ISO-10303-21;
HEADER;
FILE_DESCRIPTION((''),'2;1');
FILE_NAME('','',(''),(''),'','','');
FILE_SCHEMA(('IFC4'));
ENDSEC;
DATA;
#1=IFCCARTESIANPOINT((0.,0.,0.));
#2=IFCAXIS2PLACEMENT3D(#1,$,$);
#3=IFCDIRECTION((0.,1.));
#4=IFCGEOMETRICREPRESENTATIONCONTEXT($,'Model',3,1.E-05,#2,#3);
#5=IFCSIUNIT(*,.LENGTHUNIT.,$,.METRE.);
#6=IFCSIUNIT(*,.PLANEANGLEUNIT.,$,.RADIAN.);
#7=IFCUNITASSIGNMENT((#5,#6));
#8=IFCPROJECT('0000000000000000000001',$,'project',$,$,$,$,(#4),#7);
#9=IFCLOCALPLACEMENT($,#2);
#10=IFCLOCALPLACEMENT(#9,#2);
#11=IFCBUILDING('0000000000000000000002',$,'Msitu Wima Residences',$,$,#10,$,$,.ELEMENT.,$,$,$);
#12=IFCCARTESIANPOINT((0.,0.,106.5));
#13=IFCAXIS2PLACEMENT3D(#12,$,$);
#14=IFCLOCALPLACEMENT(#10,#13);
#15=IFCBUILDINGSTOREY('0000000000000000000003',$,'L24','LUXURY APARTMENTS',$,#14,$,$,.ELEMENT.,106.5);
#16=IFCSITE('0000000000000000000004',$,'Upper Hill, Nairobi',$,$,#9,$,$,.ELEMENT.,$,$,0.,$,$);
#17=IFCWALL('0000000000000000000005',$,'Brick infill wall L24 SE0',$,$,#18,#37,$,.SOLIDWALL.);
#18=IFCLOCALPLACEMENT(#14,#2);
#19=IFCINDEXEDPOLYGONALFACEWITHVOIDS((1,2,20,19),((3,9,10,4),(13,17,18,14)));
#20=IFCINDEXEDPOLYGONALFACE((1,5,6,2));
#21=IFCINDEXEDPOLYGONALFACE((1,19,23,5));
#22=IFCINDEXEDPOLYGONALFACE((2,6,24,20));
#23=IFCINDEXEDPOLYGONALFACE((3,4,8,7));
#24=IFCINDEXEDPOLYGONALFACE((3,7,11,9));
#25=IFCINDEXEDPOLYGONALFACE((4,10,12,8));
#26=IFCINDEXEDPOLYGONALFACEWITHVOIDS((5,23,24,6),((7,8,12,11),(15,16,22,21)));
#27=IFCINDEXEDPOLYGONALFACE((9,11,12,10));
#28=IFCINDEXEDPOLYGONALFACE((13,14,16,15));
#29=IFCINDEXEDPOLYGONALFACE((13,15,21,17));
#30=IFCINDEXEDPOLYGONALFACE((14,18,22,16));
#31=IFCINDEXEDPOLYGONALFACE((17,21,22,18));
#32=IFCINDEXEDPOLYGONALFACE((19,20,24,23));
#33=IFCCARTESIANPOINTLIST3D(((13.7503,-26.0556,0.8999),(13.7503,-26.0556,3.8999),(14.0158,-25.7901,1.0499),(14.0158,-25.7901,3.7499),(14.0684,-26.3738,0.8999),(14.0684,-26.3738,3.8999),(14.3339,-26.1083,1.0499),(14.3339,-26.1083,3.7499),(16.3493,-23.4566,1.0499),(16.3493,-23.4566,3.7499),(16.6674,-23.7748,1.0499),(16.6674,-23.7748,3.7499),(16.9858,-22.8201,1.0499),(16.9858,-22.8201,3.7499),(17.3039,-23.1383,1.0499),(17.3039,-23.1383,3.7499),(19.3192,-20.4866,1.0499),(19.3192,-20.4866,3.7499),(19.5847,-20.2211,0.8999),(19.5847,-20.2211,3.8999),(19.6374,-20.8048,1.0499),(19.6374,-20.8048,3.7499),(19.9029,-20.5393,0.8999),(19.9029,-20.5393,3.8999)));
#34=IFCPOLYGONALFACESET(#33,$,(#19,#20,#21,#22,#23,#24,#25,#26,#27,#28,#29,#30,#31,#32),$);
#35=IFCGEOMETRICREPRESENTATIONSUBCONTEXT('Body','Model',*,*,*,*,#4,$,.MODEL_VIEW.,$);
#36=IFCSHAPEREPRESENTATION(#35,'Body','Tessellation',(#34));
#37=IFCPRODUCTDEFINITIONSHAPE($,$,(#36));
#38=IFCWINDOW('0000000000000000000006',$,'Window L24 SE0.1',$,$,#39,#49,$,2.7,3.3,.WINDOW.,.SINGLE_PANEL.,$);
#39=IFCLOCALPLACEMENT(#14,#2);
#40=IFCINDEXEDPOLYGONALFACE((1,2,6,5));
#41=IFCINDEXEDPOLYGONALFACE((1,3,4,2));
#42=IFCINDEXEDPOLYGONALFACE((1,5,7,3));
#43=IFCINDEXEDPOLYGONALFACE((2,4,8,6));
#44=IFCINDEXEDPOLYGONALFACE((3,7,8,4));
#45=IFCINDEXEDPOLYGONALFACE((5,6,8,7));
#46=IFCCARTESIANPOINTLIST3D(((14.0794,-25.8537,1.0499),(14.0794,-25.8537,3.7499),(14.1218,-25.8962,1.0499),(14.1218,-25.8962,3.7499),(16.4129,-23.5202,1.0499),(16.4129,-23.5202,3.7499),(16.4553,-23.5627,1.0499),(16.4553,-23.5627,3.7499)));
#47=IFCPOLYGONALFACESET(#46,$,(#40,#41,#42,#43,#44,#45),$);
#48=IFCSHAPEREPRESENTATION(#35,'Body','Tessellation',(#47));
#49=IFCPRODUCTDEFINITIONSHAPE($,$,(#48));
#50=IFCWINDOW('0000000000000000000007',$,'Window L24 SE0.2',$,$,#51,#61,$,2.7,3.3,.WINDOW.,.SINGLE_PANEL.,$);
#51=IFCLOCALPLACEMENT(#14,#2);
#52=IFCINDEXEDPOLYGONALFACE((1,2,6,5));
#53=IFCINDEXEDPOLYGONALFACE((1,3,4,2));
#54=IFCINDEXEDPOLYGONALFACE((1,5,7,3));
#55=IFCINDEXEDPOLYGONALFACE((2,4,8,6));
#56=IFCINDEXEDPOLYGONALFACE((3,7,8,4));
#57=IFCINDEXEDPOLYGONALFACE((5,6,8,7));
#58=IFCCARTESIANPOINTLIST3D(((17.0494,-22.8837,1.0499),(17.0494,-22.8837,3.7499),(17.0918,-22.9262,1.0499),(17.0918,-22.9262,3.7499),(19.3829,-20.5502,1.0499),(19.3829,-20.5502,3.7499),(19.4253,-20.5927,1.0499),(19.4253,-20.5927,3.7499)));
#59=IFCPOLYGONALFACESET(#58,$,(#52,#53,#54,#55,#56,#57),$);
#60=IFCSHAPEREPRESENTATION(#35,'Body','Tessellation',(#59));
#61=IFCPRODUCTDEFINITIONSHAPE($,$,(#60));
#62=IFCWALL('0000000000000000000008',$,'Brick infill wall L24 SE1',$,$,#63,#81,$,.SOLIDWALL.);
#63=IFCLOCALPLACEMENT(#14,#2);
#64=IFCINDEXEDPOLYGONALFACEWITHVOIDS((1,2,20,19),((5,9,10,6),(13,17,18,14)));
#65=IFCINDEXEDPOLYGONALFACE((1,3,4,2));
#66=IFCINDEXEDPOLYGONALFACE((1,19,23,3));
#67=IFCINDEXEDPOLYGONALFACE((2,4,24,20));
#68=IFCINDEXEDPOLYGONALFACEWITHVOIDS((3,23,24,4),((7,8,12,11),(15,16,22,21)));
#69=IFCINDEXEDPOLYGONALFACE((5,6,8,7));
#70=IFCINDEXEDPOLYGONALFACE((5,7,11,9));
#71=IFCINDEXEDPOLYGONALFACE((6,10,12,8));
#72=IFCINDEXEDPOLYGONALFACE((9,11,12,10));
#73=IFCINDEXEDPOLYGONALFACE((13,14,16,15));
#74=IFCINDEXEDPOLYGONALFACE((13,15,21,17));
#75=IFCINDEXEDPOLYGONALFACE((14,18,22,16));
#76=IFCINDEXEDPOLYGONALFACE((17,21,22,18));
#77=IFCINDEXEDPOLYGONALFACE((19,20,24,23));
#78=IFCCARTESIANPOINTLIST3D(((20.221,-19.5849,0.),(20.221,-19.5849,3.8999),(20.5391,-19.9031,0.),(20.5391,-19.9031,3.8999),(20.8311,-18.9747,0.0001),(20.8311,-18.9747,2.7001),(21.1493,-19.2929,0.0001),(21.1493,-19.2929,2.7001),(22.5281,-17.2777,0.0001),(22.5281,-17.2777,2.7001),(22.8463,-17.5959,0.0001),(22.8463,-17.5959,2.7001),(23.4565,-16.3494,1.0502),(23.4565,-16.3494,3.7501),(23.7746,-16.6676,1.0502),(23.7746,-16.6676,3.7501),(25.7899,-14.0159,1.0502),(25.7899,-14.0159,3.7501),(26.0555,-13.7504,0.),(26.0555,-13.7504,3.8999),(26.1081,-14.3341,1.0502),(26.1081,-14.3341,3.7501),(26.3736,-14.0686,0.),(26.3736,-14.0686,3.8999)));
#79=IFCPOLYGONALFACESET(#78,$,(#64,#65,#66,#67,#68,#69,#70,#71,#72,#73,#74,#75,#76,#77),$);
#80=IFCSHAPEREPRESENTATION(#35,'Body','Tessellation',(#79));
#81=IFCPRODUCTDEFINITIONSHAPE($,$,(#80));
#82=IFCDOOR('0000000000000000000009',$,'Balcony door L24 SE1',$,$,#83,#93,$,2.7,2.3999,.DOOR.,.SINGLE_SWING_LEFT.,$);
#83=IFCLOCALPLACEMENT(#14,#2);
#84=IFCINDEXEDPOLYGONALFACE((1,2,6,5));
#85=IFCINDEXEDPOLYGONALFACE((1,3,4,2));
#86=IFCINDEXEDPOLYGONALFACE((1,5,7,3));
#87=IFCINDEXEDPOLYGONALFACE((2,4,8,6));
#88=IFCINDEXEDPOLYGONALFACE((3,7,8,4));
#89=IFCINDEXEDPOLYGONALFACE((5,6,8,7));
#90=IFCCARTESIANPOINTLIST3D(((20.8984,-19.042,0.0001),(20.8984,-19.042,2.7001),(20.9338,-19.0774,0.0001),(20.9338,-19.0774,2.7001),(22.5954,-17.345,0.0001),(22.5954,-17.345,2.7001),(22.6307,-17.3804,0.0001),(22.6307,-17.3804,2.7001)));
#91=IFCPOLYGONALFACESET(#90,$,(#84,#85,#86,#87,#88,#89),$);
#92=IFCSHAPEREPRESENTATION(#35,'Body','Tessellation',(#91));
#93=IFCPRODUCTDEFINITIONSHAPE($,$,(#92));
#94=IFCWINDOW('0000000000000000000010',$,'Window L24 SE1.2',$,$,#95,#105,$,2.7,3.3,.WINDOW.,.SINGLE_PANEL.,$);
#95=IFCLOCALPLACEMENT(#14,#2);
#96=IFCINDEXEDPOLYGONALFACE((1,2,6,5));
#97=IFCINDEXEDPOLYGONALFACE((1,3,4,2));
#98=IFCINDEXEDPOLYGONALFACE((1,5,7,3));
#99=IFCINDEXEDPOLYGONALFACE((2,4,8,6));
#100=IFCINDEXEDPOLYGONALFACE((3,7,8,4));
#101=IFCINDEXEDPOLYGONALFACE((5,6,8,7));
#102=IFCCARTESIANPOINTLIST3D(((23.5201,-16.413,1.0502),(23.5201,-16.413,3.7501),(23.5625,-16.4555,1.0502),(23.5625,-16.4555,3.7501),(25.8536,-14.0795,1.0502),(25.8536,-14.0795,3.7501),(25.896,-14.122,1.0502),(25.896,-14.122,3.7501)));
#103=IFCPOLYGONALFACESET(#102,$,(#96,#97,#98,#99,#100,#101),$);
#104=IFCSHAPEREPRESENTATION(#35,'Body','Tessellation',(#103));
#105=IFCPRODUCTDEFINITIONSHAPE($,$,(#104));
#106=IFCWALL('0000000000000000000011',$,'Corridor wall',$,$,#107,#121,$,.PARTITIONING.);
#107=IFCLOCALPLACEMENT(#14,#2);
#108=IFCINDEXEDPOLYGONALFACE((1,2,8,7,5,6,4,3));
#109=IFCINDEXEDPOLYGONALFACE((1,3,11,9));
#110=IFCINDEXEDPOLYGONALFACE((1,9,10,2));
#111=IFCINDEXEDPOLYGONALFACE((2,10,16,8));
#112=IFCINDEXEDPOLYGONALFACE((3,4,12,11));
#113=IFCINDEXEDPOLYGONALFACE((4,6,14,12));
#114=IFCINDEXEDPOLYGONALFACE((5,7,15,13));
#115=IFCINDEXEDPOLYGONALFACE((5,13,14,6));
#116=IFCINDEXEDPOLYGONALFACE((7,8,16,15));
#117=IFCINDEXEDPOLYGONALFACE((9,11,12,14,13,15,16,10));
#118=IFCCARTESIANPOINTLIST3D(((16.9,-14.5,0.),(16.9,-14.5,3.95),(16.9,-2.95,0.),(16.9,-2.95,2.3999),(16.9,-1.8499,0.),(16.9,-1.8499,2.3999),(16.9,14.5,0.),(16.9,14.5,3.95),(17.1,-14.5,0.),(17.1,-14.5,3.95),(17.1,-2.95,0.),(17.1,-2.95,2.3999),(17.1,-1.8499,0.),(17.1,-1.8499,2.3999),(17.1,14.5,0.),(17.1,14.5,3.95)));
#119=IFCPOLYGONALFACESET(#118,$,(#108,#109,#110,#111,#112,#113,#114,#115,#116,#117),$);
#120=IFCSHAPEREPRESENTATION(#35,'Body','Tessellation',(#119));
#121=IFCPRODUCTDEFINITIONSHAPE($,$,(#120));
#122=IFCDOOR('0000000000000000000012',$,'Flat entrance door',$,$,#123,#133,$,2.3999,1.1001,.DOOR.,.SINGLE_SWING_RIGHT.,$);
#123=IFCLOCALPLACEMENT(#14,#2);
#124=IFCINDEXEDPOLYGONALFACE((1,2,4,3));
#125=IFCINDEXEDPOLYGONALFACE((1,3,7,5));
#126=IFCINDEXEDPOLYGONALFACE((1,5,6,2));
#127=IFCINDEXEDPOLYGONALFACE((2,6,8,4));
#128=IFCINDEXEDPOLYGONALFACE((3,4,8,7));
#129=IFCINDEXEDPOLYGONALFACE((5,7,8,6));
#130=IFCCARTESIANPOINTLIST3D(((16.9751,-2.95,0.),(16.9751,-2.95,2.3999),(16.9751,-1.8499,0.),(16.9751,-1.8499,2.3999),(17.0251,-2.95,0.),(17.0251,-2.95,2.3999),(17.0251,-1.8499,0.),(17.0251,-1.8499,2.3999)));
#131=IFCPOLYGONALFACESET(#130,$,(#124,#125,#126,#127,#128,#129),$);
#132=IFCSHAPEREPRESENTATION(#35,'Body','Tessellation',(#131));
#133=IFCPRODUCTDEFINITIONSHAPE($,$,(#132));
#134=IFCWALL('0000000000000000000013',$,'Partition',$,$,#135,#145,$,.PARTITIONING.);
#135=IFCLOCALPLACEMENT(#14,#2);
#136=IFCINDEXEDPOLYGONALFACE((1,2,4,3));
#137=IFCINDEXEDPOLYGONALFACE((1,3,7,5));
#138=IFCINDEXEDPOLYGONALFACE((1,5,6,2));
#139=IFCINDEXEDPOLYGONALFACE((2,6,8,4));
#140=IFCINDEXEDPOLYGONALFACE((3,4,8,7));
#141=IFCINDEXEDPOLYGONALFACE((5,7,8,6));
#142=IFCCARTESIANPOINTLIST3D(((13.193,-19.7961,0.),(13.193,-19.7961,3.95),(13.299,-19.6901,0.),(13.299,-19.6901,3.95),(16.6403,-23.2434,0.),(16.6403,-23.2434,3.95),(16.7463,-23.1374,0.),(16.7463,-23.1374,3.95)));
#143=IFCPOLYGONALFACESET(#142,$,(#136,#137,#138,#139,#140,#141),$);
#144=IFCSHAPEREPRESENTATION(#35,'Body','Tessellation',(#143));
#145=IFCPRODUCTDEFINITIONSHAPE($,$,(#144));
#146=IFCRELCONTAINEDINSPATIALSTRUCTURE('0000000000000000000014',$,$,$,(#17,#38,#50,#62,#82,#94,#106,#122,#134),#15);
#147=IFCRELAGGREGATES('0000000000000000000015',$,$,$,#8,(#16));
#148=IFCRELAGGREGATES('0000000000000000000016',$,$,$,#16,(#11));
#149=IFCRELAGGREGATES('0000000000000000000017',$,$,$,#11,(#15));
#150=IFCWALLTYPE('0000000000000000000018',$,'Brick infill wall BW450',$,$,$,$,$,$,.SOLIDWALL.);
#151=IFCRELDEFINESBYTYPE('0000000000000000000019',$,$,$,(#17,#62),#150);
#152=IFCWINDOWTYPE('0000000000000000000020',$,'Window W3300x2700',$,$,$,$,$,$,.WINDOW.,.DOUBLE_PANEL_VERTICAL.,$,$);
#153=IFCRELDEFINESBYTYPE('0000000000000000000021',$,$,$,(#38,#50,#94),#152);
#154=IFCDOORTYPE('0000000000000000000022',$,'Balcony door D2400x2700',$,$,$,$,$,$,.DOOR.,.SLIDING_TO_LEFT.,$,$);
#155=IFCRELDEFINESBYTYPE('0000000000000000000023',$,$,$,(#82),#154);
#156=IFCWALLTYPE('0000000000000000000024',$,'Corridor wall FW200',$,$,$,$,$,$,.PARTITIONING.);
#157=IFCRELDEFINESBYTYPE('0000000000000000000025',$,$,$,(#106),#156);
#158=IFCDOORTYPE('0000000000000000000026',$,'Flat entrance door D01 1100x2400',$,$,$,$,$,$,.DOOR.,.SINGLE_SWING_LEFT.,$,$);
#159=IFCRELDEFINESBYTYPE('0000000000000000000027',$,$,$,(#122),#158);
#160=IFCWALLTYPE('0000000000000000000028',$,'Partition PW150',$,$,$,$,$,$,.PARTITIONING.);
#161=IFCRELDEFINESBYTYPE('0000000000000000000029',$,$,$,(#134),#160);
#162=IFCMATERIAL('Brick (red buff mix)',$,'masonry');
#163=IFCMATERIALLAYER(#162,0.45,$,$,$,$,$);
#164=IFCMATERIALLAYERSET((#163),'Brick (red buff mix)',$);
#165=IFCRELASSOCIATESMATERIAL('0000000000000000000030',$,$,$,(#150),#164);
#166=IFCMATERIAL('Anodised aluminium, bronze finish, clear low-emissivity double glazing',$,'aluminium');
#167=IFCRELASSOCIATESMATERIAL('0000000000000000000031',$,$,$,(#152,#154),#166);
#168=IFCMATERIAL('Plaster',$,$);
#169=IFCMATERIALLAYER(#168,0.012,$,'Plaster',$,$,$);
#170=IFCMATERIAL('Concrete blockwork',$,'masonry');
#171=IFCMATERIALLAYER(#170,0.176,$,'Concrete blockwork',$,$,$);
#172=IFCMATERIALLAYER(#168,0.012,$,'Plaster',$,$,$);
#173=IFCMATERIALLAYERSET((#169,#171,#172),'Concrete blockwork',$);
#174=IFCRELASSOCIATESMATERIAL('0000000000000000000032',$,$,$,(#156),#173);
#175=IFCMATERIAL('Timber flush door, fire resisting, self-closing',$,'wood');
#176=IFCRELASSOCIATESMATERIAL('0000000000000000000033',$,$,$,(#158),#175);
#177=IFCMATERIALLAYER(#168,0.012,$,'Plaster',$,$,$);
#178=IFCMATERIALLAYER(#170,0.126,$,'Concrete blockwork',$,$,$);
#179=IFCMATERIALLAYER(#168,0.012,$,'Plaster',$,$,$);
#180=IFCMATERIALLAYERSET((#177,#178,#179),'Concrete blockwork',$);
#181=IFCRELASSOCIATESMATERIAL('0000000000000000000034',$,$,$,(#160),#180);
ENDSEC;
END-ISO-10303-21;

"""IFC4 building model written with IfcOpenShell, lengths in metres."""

from ifc_helpers import new_model, si_unit, direction, frame, frame_2d, origin, place, context, subcontext, project, spatial, rectangle, extrude, material, layer, layer_set, type_object, element, fill, save


model = new_model("IFC4")

# Units and contexts
model_context = context("Model", 3, precision=1e-05, world=origin(), true_north=direction((0.0, 1.0)))
body_context = subcontext(model_context, "Body", "Model", "MODEL_VIEW")
ifc_project = project(units=[si_unit("LENGTHUNIT", "METRE"), si_unit("PLANEANGLEUNIT", "RADIAN")], contexts=[model_context])

# Site, building, storey
site_placement = place(None, origin())
site = spatial("IfcSite", under=ifc_project, at=site_placement, Name="Upper Hill, Nairobi", CompositionType="ELEMENT", RefElevation=0.0)
building_placement = place(site_placement, origin())
building = spatial("IfcBuilding", under=site, at=building_placement, Name="Msitu Wima Residences", CompositionType="ELEMENT")
storey_placement = place(building_placement, frame((0.0, 0.0, 106.5)))
storey = spatial("IfcBuildingStorey", under=building, at=storey_placement, Name="L24", Description="LUXURY APARTMENTS", CompositionType="ELEMENT", Elevation=106.5)

# Wall, openings, windows
ifc_material_1 = material(Name="Brick (red buff mix)", Category="masonry")
ifc_layer_1 = layer(ifc_material_1, 0.45)
ifc_layer_set_1 = layer_set([ifc_layer_1], Name="Brick (red buff mix)")
wall_type_1 = type_object("IfcWallType", Name="Brick infill wall BW450", PredefinedType="SOLIDWALL", material=ifc_layer_set_1)
wall_1_placement = place(storey_placement, frame((13.9094, -26.2146, 0.8999), z_axis=(0.0, 0.0, 1.0), x_axis=(0.707107, 0.707107, 0.0)))
wall_1 = element("IfcWall", 1, at=wall_1_placement, inside=storey, type_object=wall_type_1, Name="Brick infill wall L24 SE0", PredefinedType="SOLIDWALL", context=body_context, shape_type="SweptSolid", body=[
    extrude(rectangle(XDim=8.2512, YDim=0.45, at=frame_2d((4.1255, 0.0))), origin(), (0.0, 0.0, 1.0), 3.0),
])
opening_1_placement = place(wall_1_placement, frame((0.3755, 0.0, 0.1499)))
opening_1 = element("IfcOpeningElement", 2, at=opening_1_placement, cuts=wall_1, PredefinedType="OPENING", context=body_context, shape_type="SweptSolid", body=[
    extrude(rectangle(XDim=3.3, YDim=2.7, at=frame_2d((1.6499, 1.3501))), frame((0.0, 0.2349, 0.0), z_axis=(0.0, -1.0, 0.0), x_axis=(1.0, 0.0, 0.0)), (0.0, 0.0, 1.0), 0.47),
])
opening_2_placement = place(wall_1_placement, frame((4.5757, 0.0, 0.1499)))
opening_2 = element("IfcOpeningElement", 3, at=opening_2_placement, cuts=wall_1, PredefinedType="OPENING", context=body_context, shape_type="SweptSolid", body=[
    extrude(rectangle(XDim=3.3, YDim=2.7, at=frame_2d((1.6499, 1.3501))), frame((0.0, 0.2349, 0.0), z_axis=(0.0, -1.0, 0.0), x_axis=(1.0, 0.0, 0.0)), (0.0, 0.0, 1.0), 0.47),
])
ifc_material_2 = material(Name="Anodised aluminium, bronze finish, clear low-emissivity double glazing", Category="aluminium")
window_type = type_object("IfcWindowType", Name="Window W3300x2700", PartitioningType="DOUBLE_PANEL_VERTICAL", PredefinedType="WINDOW", material=ifc_material_2)
window_1_placement = place(opening_1_placement, origin())
window_1 = element("IfcWindow", 4, at=window_1_placement, inside=storey, type_object=window_type, Name="Window L24 SE0.1", OverallHeight=2.7, OverallWidth=3.3, PartitioningType="SINGLE_PANEL", PredefinedType="WINDOW", context=body_context, shape_type="SweptSolid", body=[
    extrude(rectangle(XDim=3.3, YDim=2.7, at=frame_2d((1.6499, 1.3501))), frame((0.0, 0.135, 0.0), z_axis=(0.0, -1.0, 0.0), x_axis=(1.0, 0.0, 0.0)), (0.0, 0.0, 1.0), 0.0601),
])
fill(opening_1, window_1)
window_2_placement = place(opening_2_placement, origin())
window_2 = element("IfcWindow", 5, at=window_2_placement, inside=storey, type_object=window_type, Name="Window L24 SE0.2", OverallHeight=2.7, OverallWidth=3.3, PartitioningType="SINGLE_PANEL", PredefinedType="WINDOW", context=body_context, shape_type="SweptSolid", body=[
    extrude(rectangle(XDim=3.3, YDim=2.7, at=frame_2d((1.6499, 1.3501))), frame((0.0, 0.135, 0.0), z_axis=(0.0, -1.0, 0.0), x_axis=(1.0, 0.0, 0.0)), (0.0, 0.0, 1.0), 0.0601),
])
fill(opening_2, window_2)

# Wall, openings, door, window
wall_2_placement = place(storey_placement, frame((20.3801, -19.7439, 0.0), z_axis=(0.0, 0.0, 1.0), x_axis=(0.707107, 0.707107, 0.0)))
wall_2 = element("IfcWall", 6, at=wall_2_placement, inside=storey, type_object=wall_type_1, Name="Brick infill wall L24 SE1", PredefinedType="SOLIDWALL", context=body_context, shape_type="SweptSolid", body=[
    extrude(rectangle(XDim=8.2512, YDim=0.45, at=frame_2d((4.1255, 0.0))), origin(), (0.0, 0.0, 1.0), 3.8999),
])
opening_3_placement = place(wall_2_placement, frame((0.8628, 0.0, 0.0)))
opening_3 = element("IfcOpeningElement", 7, at=opening_3_placement, cuts=wall_2, PredefinedType="OPENING", context=body_context, shape_type="SweptSolid", body=[
    extrude(rectangle(XDim=2.3999, YDim=2.7, at=frame_2d((1.2, 1.3501))), frame((0.0, 0.2349, 0.0), z_axis=(0.0, -1.0, 0.0), x_axis=(1.0, 0.0, 0.0)), (0.0, 0.0, 1.0), 0.47),
])
opening_4_placement = place(wall_2_placement, frame((4.5757, 0.0, 1.05)))
opening_4 = element("IfcOpeningElement", 8, at=opening_4_placement, cuts=wall_2, PredefinedType="OPENING", context=body_context, shape_type="SweptSolid", body=[
    extrude(rectangle(XDim=3.3, YDim=2.7, at=frame_2d((1.6499, 1.3501))), frame((0.0, 0.2349, 0.0), z_axis=(0.0, -1.0, 0.0), x_axis=(1.0, 0.0, 0.0)), (0.0, 0.0, 1.0), 0.47),
])
door_type_1 = type_object("IfcDoorType", Name="Balcony door D2400x2700", OperationType="SLIDING_TO_LEFT", PredefinedType="DOOR", material=ifc_material_2)
door_1_placement = place(opening_3_placement, origin())
door_1 = element("IfcDoor", 9, at=door_1_placement, inside=storey, type_object=door_type_1, Name="Balcony door L24 SE1", OperationType="SINGLE_SWING_LEFT", OverallHeight=2.7, OverallWidth=2.3999, PredefinedType="DOOR", context=body_context, shape_type="SweptSolid", body=[
    extrude(rectangle(XDim=2.3999, YDim=2.7, at=frame_2d((1.2, 1.3501))), frame((0.0, 0.1299, 0.0), z_axis=(0.0, -1.0, 0.0), x_axis=(1.0, 0.0, 0.0)), (0.0, 0.0, 1.0), 0.05),
])
fill(opening_3, door_1)
window_3_placement = place(opening_4_placement, origin())
window_3 = element("IfcWindow", 10, at=window_3_placement, inside=storey, type_object=window_type, Name="Window L24 SE1.2", OverallHeight=2.7, OverallWidth=3.3, PartitioningType="SINGLE_PANEL", PredefinedType="WINDOW", context=body_context, shape_type="SweptSolid", body=[
    extrude(rectangle(XDim=3.3, YDim=2.7, at=frame_2d((1.6499, 1.3501))), frame((0.0, 0.135, 0.0), z_axis=(0.0, -1.0, 0.0), x_axis=(1.0, 0.0, 0.0)), (0.0, 0.0, 1.0), 0.0601),
])
fill(opening_4, window_3)

# Wall, opening, door
ifc_material_3 = material(Name="Plaster")
ifc_layer_2 = layer(ifc_material_3, 0.012, Name="Plaster")
ifc_material_4 = material(Name="Concrete blockwork", Category="masonry")
ifc_layer_3 = layer(ifc_material_4, 0.176, Name="Concrete blockwork")
ifc_layer_4 = layer(ifc_material_3, 0.012, Name="Plaster")
ifc_layer_set_2 = layer_set([ifc_layer_2, ifc_layer_3, ifc_layer_4], Name="Concrete blockwork")
wall_type_2 = type_object("IfcWallType", Name="Corridor wall FW200", PredefinedType="PARTITIONING", material=ifc_layer_set_2)
wall_3_placement = place(storey_placement, frame((17.0, -14.5, 0.0), z_axis=(0.0, 0.0, 1.0), x_axis=(0.0, 1.0, 0.0)))
wall_3 = element("IfcWall", 11, at=wall_3_placement, inside=storey, type_object=wall_type_2, Name="Corridor wall", PredefinedType="PARTITIONING", context=body_context, shape_type="SweptSolid", body=[
    extrude(rectangle(XDim=29.0, YDim=0.2, at=frame_2d((14.5, 0.0))), origin(), (0.0, 0.0, 1.0), 3.95),
])
opening_5_placement = place(wall_3_placement, frame((11.55, 0.0, 0.0)))
opening_5 = element("IfcOpeningElement", 12, at=opening_5_placement, cuts=wall_3, PredefinedType="OPENING", context=body_context, shape_type="SweptSolid", body=[
    extrude(rectangle(XDim=1.1001, YDim=2.3999, at=frame_2d((0.55, 1.2))), frame((0.0, 0.1099, 0.0), z_axis=(0.0, -1.0, 0.0), x_axis=(1.0, 0.0, 0.0)), (0.0, 0.0, 1.0), 0.22),
])
ifc_material_5 = material(Name="Timber flush door, fire resisting, self-closing", Category="wood")
door_type_2 = type_object("IfcDoorType", Name="Flat entrance door D01 1100x2400", OperationType="SINGLE_SWING_LEFT", PredefinedType="DOOR", material=ifc_material_5)
door_2_placement = place(opening_5_placement, origin())
door_2 = element("IfcDoor", 13, at=door_2_placement, inside=storey, type_object=door_type_2, Name="Flat entrance door", OperationType="SINGLE_SWING_RIGHT", OverallHeight=2.3999, OverallWidth=1.1001, PredefinedType="DOOR", context=body_context, shape_type="SweptSolid", body=[
    extrude(rectangle(XDim=1.1001, YDim=2.3999, at=frame_2d((0.55, 1.2))), frame((0.0, 0.0249, 0.0), z_axis=(0.0, -1.0, 0.0), x_axis=(1.0, 0.0, 0.0)), (0.0, 0.0, 1.0), 0.05),
])
fill(opening_5, door_2)

# Wall
ifc_layer_5 = layer(ifc_material_3, 0.012, Name="Plaster")
ifc_layer_6 = layer(ifc_material_4, 0.126, Name="Concrete blockwork")
ifc_layer_7 = layer(ifc_material_3, 0.012, Name="Plaster")
ifc_layer_set_3 = layer_set([ifc_layer_5, ifc_layer_6, ifc_layer_7], Name="Concrete blockwork")
wall_type_3 = type_object("IfcWallType", Name="Partition PW150", PredefinedType="PARTITIONING", material=ifc_layer_set_3)
wall_4_placement = place(storey_placement, frame((13.2461, -19.7432, 0.0), z_axis=(0.0, 0.0, 1.0), x_axis=(0.707107, -0.707107, 0.0)))
element("IfcWall", 14, at=wall_4_placement, inside=storey, type_object=wall_type_3, Name="Partition", PredefinedType="PARTITIONING", context=body_context, shape_type="SweptSolid", body=[
    extrude(rectangle(XDim=4.8752, YDim=0.1499, at=frame_2d((2.4375, 0.0))), origin(), (0.0, 0.0, 1.0), 3.95),
])

save(model, "model.ifc")
